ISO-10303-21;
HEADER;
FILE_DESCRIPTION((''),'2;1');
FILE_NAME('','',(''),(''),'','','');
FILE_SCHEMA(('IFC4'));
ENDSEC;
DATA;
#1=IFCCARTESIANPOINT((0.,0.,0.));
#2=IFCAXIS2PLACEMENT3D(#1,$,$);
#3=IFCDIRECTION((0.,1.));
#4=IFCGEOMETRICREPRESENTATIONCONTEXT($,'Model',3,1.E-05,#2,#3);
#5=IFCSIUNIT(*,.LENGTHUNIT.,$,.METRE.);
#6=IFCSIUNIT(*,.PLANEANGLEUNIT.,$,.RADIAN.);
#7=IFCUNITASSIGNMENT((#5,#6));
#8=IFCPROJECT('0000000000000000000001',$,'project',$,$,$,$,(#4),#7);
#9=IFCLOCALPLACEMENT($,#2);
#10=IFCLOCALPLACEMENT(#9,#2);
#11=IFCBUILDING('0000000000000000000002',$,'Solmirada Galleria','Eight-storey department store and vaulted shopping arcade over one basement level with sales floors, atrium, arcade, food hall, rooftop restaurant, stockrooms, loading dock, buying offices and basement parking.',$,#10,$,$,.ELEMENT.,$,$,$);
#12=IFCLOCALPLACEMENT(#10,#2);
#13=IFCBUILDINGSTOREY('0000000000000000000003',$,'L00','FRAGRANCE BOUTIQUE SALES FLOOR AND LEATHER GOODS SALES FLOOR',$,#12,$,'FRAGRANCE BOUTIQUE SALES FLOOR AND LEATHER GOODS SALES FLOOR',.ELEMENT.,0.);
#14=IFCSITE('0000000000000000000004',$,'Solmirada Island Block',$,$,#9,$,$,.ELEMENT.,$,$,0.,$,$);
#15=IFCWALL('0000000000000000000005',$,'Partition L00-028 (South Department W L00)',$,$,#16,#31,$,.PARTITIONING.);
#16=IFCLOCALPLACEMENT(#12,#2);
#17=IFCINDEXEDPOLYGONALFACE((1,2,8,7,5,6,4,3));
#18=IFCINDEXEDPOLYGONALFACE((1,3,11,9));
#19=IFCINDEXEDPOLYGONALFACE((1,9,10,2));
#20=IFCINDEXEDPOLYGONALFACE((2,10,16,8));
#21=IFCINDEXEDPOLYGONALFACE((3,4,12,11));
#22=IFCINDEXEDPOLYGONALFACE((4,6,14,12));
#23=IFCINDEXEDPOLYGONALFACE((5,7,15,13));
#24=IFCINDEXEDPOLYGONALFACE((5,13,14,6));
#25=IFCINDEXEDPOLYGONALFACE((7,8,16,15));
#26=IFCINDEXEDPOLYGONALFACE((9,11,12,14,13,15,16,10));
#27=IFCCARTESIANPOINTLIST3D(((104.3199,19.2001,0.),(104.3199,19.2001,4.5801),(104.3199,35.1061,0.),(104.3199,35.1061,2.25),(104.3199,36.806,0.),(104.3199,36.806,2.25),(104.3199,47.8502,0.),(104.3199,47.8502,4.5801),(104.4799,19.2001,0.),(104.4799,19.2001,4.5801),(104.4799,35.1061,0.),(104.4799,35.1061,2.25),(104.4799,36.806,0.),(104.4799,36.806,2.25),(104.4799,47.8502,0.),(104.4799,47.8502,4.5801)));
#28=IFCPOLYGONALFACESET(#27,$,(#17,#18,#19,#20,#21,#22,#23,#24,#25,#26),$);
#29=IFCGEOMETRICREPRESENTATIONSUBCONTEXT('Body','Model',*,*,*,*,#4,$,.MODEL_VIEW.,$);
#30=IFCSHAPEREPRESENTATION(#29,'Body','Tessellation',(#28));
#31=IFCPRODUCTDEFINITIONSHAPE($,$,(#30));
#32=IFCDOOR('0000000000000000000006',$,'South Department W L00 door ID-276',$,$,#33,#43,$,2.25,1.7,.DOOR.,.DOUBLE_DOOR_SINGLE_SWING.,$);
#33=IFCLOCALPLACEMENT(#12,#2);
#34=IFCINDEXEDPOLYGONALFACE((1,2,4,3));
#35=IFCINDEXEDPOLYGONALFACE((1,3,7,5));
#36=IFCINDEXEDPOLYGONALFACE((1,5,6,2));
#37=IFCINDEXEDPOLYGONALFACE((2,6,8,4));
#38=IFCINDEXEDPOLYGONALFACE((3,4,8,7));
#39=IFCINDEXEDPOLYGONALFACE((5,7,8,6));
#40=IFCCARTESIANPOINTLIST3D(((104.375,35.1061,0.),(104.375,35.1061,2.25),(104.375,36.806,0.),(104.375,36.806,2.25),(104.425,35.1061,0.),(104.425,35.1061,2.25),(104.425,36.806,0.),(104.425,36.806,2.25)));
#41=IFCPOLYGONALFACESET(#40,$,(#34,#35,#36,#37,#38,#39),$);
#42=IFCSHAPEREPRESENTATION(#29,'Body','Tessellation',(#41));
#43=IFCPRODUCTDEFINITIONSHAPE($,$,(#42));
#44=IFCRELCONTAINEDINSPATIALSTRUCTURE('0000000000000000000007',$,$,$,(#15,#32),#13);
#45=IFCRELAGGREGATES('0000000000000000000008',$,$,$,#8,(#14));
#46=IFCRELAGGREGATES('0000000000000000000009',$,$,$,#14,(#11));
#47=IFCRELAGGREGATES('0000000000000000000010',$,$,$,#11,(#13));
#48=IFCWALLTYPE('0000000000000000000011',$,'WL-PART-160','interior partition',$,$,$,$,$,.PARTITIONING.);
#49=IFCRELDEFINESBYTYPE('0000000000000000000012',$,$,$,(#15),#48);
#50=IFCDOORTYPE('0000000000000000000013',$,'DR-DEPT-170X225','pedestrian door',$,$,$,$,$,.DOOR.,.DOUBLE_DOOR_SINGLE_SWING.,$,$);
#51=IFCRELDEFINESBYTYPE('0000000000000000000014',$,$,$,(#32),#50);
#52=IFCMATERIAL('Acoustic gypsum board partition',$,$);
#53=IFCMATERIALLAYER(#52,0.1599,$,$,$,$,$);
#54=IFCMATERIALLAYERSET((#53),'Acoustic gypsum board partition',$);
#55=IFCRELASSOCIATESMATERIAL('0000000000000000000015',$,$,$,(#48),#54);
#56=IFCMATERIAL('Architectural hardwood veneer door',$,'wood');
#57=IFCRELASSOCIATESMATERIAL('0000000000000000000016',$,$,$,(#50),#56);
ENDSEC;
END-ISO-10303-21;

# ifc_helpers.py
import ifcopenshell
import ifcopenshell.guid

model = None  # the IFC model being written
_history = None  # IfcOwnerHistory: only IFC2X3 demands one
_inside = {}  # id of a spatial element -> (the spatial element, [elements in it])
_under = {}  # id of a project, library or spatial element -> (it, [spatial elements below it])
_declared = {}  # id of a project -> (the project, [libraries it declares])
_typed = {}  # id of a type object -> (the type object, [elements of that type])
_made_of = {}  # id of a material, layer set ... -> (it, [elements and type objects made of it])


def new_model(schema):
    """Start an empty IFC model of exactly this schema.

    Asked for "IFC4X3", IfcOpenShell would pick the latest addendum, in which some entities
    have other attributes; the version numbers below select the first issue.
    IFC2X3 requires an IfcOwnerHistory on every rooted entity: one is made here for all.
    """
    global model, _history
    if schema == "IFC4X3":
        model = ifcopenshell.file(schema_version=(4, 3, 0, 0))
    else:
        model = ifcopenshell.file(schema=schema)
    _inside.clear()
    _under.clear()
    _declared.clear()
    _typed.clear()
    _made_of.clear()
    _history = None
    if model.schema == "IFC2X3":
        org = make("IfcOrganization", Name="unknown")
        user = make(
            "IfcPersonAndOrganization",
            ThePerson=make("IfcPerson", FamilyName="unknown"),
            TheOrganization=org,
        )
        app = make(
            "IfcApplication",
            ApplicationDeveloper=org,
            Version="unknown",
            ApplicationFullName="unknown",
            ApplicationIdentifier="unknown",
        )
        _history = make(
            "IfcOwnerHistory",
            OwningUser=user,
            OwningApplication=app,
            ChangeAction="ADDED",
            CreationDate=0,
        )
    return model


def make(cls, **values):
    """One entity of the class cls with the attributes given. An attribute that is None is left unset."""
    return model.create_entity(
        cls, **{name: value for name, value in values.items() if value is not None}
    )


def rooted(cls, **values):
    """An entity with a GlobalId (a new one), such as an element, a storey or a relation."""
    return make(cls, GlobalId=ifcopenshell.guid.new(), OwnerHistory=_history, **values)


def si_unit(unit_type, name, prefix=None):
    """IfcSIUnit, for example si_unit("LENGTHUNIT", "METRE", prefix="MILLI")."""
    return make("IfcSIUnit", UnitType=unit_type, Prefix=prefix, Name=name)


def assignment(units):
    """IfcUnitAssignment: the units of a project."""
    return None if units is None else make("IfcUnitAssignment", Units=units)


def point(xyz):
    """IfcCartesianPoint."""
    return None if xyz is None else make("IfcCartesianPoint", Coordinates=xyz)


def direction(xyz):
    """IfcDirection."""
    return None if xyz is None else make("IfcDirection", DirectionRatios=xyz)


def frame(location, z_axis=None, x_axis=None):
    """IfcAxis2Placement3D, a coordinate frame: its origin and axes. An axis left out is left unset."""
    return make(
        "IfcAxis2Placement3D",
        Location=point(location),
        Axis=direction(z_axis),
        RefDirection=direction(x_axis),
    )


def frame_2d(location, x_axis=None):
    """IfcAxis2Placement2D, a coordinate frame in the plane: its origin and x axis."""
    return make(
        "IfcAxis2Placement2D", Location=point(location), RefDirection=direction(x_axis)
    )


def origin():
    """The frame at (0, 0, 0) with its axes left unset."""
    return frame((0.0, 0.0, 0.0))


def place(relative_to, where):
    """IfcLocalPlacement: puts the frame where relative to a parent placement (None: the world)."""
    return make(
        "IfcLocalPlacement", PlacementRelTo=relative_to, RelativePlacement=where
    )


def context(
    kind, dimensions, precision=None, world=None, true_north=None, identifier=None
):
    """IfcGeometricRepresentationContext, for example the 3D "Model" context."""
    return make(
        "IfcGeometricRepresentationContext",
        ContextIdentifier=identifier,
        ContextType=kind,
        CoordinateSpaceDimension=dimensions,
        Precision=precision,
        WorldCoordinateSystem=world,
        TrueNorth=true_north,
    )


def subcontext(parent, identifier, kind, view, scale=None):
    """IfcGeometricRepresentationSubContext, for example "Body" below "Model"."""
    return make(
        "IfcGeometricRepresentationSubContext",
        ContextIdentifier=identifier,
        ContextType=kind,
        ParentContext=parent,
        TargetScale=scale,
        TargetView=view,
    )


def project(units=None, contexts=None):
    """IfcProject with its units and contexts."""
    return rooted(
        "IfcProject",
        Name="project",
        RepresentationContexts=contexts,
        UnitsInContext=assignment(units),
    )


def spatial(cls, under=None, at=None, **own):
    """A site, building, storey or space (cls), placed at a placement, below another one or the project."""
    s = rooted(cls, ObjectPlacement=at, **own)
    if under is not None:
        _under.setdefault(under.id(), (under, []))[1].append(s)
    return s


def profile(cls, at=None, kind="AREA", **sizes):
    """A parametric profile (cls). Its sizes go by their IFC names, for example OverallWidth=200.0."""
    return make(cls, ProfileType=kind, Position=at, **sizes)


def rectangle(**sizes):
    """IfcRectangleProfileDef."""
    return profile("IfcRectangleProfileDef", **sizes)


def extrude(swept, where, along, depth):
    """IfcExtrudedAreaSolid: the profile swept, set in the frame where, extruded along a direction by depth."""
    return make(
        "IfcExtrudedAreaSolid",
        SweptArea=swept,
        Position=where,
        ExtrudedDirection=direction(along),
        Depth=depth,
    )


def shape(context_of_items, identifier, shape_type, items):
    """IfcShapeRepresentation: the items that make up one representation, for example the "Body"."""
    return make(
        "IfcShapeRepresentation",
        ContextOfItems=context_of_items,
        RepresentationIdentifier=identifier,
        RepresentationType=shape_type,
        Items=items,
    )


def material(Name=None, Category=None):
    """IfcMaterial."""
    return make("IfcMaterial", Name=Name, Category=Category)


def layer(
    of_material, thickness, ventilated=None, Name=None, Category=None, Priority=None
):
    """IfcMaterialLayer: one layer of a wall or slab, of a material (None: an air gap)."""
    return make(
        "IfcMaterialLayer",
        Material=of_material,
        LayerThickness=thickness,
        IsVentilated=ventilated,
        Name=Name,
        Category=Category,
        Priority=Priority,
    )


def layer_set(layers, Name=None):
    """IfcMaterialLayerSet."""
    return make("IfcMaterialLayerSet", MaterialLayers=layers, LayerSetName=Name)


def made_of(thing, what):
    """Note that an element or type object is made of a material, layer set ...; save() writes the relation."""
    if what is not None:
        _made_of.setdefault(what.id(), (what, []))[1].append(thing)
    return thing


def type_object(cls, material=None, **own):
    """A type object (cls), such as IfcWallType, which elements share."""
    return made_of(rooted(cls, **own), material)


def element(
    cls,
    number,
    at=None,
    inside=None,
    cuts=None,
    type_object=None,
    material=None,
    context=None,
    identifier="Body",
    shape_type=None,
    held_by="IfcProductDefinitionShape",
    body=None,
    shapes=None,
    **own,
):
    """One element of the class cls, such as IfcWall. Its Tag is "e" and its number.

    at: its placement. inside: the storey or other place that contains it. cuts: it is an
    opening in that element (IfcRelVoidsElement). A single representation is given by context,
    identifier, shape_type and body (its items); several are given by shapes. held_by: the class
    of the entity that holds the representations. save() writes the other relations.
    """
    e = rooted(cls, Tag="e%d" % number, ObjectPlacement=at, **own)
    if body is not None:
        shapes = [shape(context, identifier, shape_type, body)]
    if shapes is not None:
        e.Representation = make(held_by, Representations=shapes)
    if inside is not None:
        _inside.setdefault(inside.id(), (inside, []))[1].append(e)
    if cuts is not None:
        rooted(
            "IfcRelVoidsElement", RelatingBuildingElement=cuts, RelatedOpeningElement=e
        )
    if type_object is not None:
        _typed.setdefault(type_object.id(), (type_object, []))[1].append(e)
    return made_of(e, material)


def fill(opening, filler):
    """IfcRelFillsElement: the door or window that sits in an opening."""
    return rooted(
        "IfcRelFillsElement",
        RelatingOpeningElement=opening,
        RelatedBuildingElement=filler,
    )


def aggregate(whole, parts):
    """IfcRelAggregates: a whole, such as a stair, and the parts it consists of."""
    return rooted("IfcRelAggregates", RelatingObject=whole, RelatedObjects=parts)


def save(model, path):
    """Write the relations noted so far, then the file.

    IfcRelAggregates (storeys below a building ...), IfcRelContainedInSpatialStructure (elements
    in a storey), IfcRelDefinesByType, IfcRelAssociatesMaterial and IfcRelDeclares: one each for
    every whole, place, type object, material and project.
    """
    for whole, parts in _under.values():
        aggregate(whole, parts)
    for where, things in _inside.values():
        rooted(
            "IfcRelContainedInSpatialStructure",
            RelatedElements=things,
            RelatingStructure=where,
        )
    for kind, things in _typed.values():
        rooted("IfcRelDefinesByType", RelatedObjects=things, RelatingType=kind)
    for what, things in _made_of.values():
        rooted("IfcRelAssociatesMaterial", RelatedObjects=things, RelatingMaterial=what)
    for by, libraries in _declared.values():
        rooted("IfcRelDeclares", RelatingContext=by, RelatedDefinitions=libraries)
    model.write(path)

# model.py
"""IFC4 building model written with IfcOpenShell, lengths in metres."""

from ifc_helpers import new_model, si_unit, direction, frame, frame_2d, origin, place, context, subcontext, project, spatial, rectangle, extrude, material, layer, layer_set, type_object, element, fill, save


model = new_model("IFC4")

# Units and contexts
model_context = context("Model", 3, precision=1e-05, world=origin(), true_north=direction((0.0, 1.0)))
body_context = subcontext(model_context, "Body", "Model", "MODEL_VIEW")
ifc_project = project(units=[si_unit("LENGTHUNIT", "METRE"), si_unit("PLANEANGLEUNIT", "RADIAN")], contexts=[model_context])

# Site, building, storey
site_placement = place(None, origin())
site = spatial("IfcSite", under=ifc_project, at=site_placement, Name="Solmirada Island Block", CompositionType="ELEMENT", RefElevation=0.0)
building_placement = place(site_placement, origin())
building = spatial("IfcBuilding", under=site, at=building_placement, Name="Solmirada Galleria", Description="Eight-storey department store and vaulted shopping arcade over one basement level with sales floors, atrium, arcade, food hall, rooftop restaurant, stockrooms, loading dock, buying offices and basement parking.", CompositionType="ELEMENT")
storey_placement = place(building_placement, origin())
storey = spatial("IfcBuildingStorey", under=building, at=storey_placement, Name="L00", Description="FRAGRANCE BOUTIQUE SALES FLOOR AND LEATHER GOODS SALES FLOOR", LongName="FRAGRANCE BOUTIQUE SALES FLOOR AND LEATHER GOODS SALES FLOOR", CompositionType="ELEMENT", Elevation=0.0)

# Wall, opening, door
ifc_material_1 = material(Name="Acoustic gypsum board partition")
ifc_layer = layer(ifc_material_1, 0.1599)
ifc_layer_set = layer_set([ifc_layer], Name="Acoustic gypsum board partition")
wall_type = type_object("IfcWallType", Name="WL-PART-160", Description="interior partition", PredefinedType="PARTITIONING", material=ifc_layer_set)
ifc_material_2 = material(Name="Architectural hardwood veneer door", Category="wood")
door_type_1 = type_object("IfcDoorType", Name="DR-DEPT-170X225", Description="pedestrian door", OperationType="DOUBLE_DOOR_SINGLE_SWING", PredefinedType="DOOR", material=ifc_material_2)
wall_1_placement = place(storey_placement, frame((104.3999, 19.2, 0.0), z_axis=(0.0, 0.0, 1.0), x_axis=(0.0, 1.0, 0.0)))
wall_1 = element("IfcWall", 1, at=wall_1_placement, inside=storey, type_object=wall_type, Name="Partition L00-028 (South Department W L00)", PredefinedType="PARTITIONING", context=body_context, shape_type="SweptSolid", body=[
    extrude(rectangle(XDim=28.6501, YDim=0.1599, at=frame_2d((14.3252, 0.0))), origin(), (0.0, 0.0, 1.0), 4.5801),
])
opening_1_placement = place(wall_1_placement, frame((15.906, 0.0, 0.0)))
opening_1 = element("IfcOpeningElement", 2, at=opening_1_placement, cuts=wall_1, PredefinedType="OPENING", context=body_context, shape_type="SweptSolid", body=[
    extrude(rectangle(XDim=1.7, YDim=2.25, at=frame_2d((0.8501, 1.125))), frame((0.0, 0.0898, 0.0), z_axis=(0.0, -1.0, 0.0), x_axis=(1.0, 0.0, 0.0)), (0.0, 0.0, 1.0), 0.1799),
])
door_1_placement = place(opening_1_placement, origin())
door_1 = element("IfcDoor", 3, at=door_1_placement, inside=storey, type_object=door_type_1, Name="South Department W L00 door ID-276", OperationType="DOUBLE_DOOR_SINGLE_SWING", OverallHeight=2.25, OverallWidth=1.7, PredefinedType="DOOR", context=body_context, shape_type="SweptSolid", body=[
    extrude(rectangle(XDim=1.7, YDim=2.25, at=frame_2d((0.8501, 1.125))), frame((0.0, 0.0249, 0.0), z_axis=(0.0, -1.0, 0.0), x_axis=(1.0, 0.0, 0.0)), (0.0, 0.0, 1.0), 0.05),
])
fill(opening_1, door_1)

save(model, "model.ifc")
